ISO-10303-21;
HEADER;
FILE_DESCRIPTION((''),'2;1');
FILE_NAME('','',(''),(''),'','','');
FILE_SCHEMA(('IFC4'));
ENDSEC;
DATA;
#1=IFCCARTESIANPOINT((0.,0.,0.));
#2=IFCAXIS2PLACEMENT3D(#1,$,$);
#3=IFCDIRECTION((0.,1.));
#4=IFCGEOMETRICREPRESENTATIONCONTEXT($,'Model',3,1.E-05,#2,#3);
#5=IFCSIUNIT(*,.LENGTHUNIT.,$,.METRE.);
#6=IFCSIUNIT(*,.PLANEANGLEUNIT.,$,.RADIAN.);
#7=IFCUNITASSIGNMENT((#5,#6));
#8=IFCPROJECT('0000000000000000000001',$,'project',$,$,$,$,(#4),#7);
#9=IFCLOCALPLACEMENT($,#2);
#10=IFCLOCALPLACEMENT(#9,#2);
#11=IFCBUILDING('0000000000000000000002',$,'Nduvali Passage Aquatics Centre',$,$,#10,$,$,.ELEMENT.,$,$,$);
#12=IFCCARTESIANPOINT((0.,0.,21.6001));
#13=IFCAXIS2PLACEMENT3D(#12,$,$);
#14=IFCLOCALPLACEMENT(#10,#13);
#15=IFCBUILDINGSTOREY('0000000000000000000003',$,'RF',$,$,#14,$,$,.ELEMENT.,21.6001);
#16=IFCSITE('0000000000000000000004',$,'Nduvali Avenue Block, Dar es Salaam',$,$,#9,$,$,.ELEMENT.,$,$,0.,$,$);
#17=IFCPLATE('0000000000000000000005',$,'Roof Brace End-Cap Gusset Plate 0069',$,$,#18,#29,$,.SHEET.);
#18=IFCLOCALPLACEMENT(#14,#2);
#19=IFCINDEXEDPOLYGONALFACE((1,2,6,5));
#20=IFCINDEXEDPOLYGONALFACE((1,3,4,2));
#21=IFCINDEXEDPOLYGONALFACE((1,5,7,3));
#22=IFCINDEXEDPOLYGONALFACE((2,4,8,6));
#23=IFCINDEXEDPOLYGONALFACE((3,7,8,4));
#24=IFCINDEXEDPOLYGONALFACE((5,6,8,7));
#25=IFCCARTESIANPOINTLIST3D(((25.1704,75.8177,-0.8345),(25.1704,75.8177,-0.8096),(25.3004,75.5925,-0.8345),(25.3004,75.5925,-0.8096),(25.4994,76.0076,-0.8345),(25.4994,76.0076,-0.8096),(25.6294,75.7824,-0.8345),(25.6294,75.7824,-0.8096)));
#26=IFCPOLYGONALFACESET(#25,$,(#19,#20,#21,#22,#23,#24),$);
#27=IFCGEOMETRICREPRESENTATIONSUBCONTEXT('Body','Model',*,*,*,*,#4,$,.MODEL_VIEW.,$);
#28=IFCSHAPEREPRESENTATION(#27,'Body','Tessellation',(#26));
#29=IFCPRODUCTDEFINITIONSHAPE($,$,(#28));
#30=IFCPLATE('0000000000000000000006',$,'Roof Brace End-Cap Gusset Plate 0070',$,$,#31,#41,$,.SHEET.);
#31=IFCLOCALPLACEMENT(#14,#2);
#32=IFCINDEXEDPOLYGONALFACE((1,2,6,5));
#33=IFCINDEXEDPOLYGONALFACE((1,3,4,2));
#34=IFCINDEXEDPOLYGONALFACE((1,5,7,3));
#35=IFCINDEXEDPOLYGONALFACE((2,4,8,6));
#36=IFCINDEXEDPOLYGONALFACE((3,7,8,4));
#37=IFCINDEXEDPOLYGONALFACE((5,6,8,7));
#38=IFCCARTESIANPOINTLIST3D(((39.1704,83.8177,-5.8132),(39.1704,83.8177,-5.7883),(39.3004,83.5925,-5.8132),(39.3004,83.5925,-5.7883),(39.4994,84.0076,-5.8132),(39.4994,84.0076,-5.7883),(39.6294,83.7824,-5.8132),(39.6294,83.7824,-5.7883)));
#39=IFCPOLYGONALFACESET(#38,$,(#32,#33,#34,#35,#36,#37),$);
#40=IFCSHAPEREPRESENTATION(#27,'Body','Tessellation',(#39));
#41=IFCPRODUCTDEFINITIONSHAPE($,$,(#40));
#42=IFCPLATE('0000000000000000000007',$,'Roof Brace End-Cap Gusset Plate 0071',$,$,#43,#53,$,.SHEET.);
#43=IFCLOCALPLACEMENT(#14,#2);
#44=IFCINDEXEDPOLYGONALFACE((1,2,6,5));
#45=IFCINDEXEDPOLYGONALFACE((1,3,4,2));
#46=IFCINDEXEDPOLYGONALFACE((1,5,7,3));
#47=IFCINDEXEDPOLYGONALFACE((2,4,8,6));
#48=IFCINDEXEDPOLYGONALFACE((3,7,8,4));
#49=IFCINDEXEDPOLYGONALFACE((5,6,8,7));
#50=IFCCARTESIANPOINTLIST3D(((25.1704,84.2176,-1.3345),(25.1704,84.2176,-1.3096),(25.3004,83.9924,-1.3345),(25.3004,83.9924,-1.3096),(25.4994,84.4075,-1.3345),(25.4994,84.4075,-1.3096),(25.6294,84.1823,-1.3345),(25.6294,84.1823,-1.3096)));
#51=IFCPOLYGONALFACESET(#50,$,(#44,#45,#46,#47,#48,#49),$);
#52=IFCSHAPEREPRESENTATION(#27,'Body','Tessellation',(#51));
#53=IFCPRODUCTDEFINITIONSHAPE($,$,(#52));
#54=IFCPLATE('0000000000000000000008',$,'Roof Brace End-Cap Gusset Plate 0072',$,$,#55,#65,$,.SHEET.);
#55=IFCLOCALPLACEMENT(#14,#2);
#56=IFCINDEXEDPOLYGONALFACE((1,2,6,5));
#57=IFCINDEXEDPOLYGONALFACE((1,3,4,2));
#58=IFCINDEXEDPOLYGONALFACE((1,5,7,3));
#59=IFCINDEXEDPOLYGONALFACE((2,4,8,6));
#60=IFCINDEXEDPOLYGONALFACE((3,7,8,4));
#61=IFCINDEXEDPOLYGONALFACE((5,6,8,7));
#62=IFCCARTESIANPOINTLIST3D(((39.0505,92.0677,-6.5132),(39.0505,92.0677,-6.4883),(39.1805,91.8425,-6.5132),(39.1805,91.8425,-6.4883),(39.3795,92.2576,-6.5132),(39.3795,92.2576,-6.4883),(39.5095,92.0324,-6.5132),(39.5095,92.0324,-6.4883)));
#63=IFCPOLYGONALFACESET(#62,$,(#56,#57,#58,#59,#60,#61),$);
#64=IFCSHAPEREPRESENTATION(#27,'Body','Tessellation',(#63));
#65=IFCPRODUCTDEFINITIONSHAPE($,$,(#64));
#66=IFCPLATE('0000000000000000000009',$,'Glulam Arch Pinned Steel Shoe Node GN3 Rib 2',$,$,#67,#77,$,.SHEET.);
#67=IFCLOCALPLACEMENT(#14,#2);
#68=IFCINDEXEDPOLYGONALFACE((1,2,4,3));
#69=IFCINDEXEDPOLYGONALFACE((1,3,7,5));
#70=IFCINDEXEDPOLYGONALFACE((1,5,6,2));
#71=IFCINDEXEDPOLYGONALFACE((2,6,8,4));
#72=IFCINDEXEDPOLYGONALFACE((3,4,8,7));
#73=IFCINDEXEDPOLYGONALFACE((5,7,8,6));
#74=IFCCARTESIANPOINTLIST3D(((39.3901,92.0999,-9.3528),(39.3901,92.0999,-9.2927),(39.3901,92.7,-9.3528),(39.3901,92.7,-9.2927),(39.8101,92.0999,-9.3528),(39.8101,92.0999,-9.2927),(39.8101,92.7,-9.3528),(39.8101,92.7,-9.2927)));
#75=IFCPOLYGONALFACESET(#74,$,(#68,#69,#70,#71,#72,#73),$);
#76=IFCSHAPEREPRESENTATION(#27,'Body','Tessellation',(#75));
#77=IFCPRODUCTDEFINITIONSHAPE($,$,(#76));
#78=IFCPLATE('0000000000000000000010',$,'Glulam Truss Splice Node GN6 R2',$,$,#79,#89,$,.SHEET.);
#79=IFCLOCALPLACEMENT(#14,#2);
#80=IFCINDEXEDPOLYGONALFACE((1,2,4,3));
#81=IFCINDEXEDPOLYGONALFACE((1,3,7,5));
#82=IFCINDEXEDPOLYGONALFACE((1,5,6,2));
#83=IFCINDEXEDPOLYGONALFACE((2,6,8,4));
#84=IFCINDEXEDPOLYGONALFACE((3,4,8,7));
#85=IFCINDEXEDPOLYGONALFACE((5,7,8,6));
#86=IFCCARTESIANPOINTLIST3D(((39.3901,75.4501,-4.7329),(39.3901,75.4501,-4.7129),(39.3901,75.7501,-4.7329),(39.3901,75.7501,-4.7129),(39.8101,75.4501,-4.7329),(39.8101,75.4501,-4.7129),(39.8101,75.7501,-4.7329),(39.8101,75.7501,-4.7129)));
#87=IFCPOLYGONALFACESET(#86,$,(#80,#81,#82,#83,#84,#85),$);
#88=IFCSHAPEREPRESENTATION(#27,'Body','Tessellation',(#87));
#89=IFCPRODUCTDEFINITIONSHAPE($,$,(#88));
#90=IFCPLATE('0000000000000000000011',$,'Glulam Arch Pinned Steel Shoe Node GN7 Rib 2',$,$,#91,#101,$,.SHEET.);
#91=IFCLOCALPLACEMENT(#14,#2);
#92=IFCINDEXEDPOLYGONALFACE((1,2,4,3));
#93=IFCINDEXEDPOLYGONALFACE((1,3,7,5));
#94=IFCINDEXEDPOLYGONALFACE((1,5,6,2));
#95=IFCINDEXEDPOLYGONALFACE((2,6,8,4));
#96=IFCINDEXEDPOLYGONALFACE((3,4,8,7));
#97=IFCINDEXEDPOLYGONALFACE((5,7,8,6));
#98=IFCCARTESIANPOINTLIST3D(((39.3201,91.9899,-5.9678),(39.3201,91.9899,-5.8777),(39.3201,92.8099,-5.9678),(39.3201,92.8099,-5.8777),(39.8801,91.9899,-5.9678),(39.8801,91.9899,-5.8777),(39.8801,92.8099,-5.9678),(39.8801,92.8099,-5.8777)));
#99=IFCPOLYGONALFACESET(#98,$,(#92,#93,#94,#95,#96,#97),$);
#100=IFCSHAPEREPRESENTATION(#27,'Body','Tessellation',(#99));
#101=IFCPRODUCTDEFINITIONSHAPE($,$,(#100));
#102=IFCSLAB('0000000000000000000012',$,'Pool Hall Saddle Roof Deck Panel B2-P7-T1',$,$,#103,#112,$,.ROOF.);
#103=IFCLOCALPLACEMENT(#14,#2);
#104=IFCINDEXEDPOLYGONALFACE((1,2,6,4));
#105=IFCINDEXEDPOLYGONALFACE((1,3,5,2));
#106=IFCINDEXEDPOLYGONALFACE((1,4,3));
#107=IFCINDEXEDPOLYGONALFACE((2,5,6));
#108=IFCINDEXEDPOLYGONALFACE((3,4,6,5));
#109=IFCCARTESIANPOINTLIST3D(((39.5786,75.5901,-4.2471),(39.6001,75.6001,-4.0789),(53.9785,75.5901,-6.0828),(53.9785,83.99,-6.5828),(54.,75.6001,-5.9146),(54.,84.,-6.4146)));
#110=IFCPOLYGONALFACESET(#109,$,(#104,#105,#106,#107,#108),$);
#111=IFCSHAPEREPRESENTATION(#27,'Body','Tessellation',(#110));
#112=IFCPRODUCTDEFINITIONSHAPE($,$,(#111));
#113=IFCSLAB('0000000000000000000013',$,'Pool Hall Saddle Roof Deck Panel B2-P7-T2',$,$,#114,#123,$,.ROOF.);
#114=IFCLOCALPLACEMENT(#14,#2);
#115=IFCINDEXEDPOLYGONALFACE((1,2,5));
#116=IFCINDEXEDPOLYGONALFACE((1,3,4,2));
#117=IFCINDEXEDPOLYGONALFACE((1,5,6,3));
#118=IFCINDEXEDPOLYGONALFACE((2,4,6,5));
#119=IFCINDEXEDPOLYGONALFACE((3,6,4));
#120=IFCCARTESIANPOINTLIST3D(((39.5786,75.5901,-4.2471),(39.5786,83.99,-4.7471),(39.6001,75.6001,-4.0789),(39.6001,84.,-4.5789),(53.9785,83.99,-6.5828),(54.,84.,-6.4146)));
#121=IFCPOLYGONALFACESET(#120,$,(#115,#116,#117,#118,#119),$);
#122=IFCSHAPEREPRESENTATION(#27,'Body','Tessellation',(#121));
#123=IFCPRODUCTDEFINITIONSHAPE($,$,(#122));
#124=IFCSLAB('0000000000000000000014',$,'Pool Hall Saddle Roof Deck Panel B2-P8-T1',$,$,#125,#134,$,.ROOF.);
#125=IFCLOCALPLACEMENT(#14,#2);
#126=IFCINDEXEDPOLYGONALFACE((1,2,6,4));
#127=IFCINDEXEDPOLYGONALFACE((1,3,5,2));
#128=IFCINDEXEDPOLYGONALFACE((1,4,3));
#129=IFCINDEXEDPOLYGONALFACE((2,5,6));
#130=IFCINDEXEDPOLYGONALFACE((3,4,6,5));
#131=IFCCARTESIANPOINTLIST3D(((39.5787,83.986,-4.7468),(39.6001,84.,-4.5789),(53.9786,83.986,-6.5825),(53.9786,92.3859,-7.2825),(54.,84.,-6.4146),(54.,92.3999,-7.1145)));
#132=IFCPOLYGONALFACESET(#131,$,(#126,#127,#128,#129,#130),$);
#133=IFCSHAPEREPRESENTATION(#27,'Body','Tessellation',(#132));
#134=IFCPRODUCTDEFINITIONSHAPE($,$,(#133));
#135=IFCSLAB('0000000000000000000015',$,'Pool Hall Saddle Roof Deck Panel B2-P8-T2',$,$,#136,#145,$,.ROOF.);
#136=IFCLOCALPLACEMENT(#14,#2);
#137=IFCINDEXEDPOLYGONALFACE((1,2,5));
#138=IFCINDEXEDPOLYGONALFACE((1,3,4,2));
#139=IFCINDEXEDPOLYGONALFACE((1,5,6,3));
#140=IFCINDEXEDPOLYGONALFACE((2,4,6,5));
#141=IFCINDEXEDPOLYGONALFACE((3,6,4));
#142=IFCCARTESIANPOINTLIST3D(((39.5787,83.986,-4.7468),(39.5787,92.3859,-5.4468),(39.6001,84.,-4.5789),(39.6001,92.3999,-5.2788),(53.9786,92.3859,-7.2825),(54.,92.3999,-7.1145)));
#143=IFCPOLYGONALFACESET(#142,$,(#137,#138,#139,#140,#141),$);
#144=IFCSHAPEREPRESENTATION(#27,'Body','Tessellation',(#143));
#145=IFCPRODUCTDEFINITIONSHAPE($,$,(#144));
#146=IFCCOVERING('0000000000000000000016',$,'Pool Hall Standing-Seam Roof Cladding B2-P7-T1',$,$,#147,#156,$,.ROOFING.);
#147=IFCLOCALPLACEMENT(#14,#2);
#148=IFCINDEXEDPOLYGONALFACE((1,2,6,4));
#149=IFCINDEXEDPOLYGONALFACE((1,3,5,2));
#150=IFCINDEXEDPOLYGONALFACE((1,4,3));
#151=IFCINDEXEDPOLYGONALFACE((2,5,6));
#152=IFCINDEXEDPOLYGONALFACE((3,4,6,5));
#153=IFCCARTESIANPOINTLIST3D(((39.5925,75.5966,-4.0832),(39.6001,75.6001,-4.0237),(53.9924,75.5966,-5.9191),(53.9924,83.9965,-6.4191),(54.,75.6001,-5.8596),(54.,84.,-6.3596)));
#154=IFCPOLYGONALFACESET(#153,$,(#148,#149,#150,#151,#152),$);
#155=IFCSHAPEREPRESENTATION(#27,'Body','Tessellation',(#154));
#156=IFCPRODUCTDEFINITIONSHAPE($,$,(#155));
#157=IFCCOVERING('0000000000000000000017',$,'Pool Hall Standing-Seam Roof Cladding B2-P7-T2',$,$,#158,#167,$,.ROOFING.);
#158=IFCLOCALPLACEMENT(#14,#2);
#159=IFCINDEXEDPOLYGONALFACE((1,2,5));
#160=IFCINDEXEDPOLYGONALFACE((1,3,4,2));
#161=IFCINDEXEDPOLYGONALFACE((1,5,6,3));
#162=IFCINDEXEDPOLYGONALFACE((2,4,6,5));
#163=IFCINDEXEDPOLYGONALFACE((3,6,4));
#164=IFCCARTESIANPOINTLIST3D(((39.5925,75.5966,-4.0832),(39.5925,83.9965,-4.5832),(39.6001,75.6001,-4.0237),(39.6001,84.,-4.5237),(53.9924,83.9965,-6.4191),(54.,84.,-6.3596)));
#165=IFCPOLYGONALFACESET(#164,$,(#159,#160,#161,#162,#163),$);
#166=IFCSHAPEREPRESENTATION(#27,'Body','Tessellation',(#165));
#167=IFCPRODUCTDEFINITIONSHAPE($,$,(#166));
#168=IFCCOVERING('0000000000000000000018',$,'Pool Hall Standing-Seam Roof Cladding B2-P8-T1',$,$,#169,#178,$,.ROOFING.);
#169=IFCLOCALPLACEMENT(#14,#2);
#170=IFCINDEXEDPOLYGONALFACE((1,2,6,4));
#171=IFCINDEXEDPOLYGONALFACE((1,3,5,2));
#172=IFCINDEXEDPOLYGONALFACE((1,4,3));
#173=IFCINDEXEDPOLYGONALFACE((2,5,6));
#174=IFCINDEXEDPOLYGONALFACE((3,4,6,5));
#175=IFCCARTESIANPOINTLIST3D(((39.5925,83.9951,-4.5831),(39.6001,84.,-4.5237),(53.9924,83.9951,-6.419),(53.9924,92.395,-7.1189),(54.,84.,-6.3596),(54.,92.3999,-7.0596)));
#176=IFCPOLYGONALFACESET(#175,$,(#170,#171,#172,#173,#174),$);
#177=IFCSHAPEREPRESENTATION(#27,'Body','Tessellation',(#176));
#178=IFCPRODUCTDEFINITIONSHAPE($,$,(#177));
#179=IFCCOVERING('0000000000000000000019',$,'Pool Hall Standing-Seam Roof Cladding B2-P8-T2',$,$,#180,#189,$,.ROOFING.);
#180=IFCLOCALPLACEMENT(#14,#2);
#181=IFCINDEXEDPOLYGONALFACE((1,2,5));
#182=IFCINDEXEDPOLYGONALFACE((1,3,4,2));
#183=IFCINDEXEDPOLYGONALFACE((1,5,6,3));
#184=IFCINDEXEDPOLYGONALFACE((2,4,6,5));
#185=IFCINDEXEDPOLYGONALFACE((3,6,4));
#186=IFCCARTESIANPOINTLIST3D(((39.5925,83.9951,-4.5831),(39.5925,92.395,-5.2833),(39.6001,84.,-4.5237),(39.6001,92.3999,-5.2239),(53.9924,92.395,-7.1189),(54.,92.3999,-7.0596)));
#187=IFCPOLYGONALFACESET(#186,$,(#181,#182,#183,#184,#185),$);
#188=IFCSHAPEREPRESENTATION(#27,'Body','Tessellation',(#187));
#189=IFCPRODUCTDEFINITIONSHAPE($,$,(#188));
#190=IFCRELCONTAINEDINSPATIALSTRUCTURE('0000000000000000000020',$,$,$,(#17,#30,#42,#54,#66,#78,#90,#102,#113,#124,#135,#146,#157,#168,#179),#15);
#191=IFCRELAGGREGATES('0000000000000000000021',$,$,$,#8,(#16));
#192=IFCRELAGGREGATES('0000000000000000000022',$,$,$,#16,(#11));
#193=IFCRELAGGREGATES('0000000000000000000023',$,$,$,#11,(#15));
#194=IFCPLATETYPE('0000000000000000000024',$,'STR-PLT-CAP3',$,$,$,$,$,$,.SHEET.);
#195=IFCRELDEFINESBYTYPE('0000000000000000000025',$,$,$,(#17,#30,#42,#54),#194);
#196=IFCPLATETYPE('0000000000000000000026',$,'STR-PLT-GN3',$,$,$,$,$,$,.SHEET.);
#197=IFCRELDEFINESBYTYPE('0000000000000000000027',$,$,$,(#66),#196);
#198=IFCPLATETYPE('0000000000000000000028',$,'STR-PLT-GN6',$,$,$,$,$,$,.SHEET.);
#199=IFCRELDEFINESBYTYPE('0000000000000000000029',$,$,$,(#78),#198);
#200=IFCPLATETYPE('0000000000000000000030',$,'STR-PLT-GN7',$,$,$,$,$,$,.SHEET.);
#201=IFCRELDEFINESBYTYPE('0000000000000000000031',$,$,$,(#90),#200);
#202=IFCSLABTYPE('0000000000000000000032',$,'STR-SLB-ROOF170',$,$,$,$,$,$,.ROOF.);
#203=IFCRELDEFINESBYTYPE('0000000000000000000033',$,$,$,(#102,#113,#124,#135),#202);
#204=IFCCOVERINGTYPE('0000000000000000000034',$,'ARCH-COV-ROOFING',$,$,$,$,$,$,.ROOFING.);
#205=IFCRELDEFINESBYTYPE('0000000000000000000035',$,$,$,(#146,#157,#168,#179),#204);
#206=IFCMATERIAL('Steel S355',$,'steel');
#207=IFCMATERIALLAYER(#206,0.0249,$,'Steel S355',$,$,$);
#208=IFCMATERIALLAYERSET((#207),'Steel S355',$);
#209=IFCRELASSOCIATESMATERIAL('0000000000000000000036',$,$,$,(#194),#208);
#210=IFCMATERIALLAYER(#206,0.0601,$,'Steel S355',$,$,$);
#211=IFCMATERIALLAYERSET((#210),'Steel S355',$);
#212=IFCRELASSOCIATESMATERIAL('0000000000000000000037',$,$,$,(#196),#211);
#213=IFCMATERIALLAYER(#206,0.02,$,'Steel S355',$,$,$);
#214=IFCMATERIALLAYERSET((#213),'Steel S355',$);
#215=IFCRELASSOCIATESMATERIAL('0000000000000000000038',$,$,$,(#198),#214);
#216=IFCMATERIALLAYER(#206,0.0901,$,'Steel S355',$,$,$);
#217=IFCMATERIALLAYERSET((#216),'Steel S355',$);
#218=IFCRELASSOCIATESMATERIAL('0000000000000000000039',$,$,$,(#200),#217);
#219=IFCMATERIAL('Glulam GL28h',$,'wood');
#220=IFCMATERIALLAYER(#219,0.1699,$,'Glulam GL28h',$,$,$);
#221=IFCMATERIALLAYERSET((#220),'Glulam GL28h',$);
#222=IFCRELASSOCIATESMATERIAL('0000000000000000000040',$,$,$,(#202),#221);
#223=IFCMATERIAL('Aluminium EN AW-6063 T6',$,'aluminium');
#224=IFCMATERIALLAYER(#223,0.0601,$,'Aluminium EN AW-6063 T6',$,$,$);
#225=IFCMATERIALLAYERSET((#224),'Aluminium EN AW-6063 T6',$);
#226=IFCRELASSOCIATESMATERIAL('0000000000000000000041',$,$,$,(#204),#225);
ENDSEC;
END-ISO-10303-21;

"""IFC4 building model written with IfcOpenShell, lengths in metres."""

from ifc_helpers import new_model, si_unit, direction, frame, origin, origin_2d, place, context, subcontext, project, spatial, polyline, rectangle, outline, extrude, material, layer, layer_set, type_object, element, save


model = new_model("IFC4")

# Units and contexts
model_context = context("Model", 3, precision=1e-05, world=origin(), true_north=direction((0.0, 1.0)))
body_context = subcontext(model_context, "Body", "Model", "MODEL_VIEW")
ifc_project = project(units=[si_unit("LENGTHUNIT", "METRE"), si_unit("PLANEANGLEUNIT", "RADIAN")], contexts=[model_context])

# Site, building, storey
site_placement = place(None, origin())
site = spatial("IfcSite", under=ifc_project, at=site_placement, Name="Nduvali Avenue Block, Dar es Salaam", CompositionType="ELEMENT", RefElevation=0.0)
building_placement = place(site_placement, origin())
building = spatial("IfcBuilding", under=site, at=building_placement, Name="Nduvali Passage Aquatics Centre", CompositionType="ELEMENT")
storey_placement = place(building_placement, frame((0.0, 0.0, 21.6001)))
storey = spatial("IfcBuildingStorey", under=building, at=storey_placement, Name="RF", CompositionType="ELEMENT", Elevation=21.6001)

# Shared definitions
ifc_material_1 = material(Name="Steel S355", Category="steel")
ifc_material_2 = material(Name="Glulam GL28h", Category="wood")

# Plates
ifc_layer_1 = layer(ifc_material_1, 0.0249, Name="Steel S355")
ifc_layer_set_1 = layer_set([ifc_layer_1], Name="Steel S355")
plate_type_1 = type_object("IfcPlateType", Name="STR-PLT-CAP3", PredefinedType="SHEET", material=ifc_layer_set_1)
for number, where, z_axis, x_axis, name in (
    (1, (25.3999, 75.8, -0.8345), (0.0, 0.0, 1.0), (0.866025, 0.5, 0.0), "Roof Brace End-Cap Gusset Plate 0069"),
    (2, (39.3999, 83.8, -5.8132), (0.0, 0.0, 1.0), (0.866025, 0.5, 0.0), "Roof Brace End-Cap Gusset Plate 0070"),
    (3, (25.3999, 84.2, -1.3345), (0.0, 0.0, 1.0), (0.866025, 0.5, 0.0), "Roof Brace End-Cap Gusset Plate 0071"),
    (4, (39.28, 92.05, -6.5132), (0.0, 0.0, 1.0), (0.866025, 0.5, 0.0), "Roof Brace End-Cap Gusset Plate 0072"),
):
    element("IfcPlate", number, at=place(storey_placement, frame(where, z_axis=z_axis, x_axis=x_axis)), inside=storey, type_object=plate_type_1, Name=name, PredefinedType="SHEET", context=body_context, shape_type="SweptSolid", body=[
        extrude(rectangle(XDim=0.3799, YDim=0.26, at=origin_2d()), origin(), (0.0, 0.0, 1.0), 0.0249),
    ])
ifc_layer_2 = layer(ifc_material_1, 0.0601, Name="Steel S355")
ifc_layer_set_2 = layer_set([ifc_layer_2], Name="Steel S355")
plate_type_2 = type_object("IfcPlateType", Name="STR-PLT-GN3", PredefinedType="SHEET", material=ifc_layer_set_2)
plate_1_placement = place(storey_placement, frame((39.6001, 92.3999, -9.3528), z_axis=(0.0, 0.0, 1.0), x_axis=(0.0, 1.0, 0.0)))
element("IfcPlate", 5, at=plate_1_placement, inside=storey, type_object=plate_type_2, Name="Glulam Arch Pinned Steel Shoe Node GN3 Rib 2", PredefinedType="SHEET", context=body_context, shape_type="SweptSolid", body=[
    extrude(rectangle(XDim=0.6001, YDim=0.4199, at=origin_2d()), origin(), (0.0, 0.0, 1.0), 0.0601),
])
ifc_layer_3 = layer(ifc_material_1, 0.02, Name="Steel S355")
ifc_layer_set_3 = layer_set([ifc_layer_3], Name="Steel S355")
plate_type_3 = type_object("IfcPlateType", Name="STR-PLT-GN6", PredefinedType="SHEET", material=ifc_layer_set_3)
plate_2_placement = place(storey_placement, frame((39.6001, 75.6001, -4.7329), z_axis=(0.0, 0.0, 1.0), x_axis=(1.0, 0.0, 0.0)))
element("IfcPlate", 6, at=plate_2_placement, inside=storey, type_object=plate_type_3, Name="Glulam Truss Splice Node GN6 R2", PredefinedType="SHEET", context=body_context, shape_type="SweptSolid", body=[
    extrude(rectangle(XDim=0.4199, YDim=0.3, at=origin_2d()), origin(), (0.0, 0.0, 1.0), 0.02),
])
ifc_layer_4 = layer(ifc_material_1, 0.0901, Name="Steel S355")
ifc_layer_set_4 = layer_set([ifc_layer_4], Name="Steel S355")
plate_type_4 = type_object("IfcPlateType", Name="STR-PLT-GN7", PredefinedType="SHEET", material=ifc_layer_set_4)
plate_3_placement = place(storey_placement, frame((39.6001, 92.3999, -5.9678), z_axis=(0.0, 0.0, 1.0), x_axis=(0.0, 1.0, 0.0)))
element("IfcPlate", 7, at=plate_3_placement, inside=storey, type_object=plate_type_4, Name="Glulam Arch Pinned Steel Shoe Node GN7 Rib 2", PredefinedType="SHEET", context=body_context, shape_type="SweptSolid", body=[
    extrude(rectangle(XDim=0.8201, YDim=0.5601, at=origin_2d()), origin(), (0.0, 0.0, 1.0), 0.0901),
])

# Slabs
ifc_layer_5 = layer(ifc_material_2, 0.1699, Name="Glulam GL28h")
ifc_layer_set_5 = layer_set([ifc_layer_5], Name="Glulam GL28h")
slab_type = type_object("IfcSlabType", Name="STR-SLB-ROOF170", PredefinedType="ROOF", material=ifc_layer_set_5)
slab_1_placement = place(storey_placement, frame((39.6001, 75.6001, -4.0789), z_axis=(0.126236, 0.058944, 0.990247), x_axis=(0.991972, 0.0, -0.126456)))
element("IfcSlab", 8, at=slab_1_placement, inside=storey, type_object=slab_type, Name="Pool Hall Saddle Roof Deck Panel B2-P7-T1", PredefinedType="ROOF", context=body_context, shape_type="SweptSolid", body=[
    extrude(outline(polyline([(0.0, 0.0), (14.5164, 0.0), (14.5797, 8.4145), (0.0, 0.0)])), origin(), (0.0, 0.0, -1.0), 0.1699),
])
slab_2_placement = place(storey_placement, frame((39.6001, 75.6001, -4.0789), z_axis=(0.126236, 0.058944, 0.990247), x_axis=(0.855425, 0.498995, -0.138752)))
element("IfcSlab", 9, at=slab_2_placement, inside=storey, type_object=slab_type, Name="Pool Hall Saddle Roof Deck Panel B2-P7-T2", PredefinedType="ROOF", context=body_context, shape_type="SweptSolid", body=[
    extrude(outline(polyline([(0.0, 0.0), (16.8336, 0.0), (4.2609, 7.2563), (0.0, 0.0)])), origin(), (0.0, 0.0, -1.0), 0.1699),
])
slab_3_placement = place(storey_placement, frame((39.6001, 84.0, -4.5789), z_axis=(0.126026, 0.082379, 0.988601), x_axis=(0.991972, 0.0, -0.126456)))
element("IfcSlab", 10, at=slab_3_placement, inside=storey, type_object=slab_type, Name="Pool Hall Saddle Roof Deck Panel B2-P8-T1", PredefinedType="ROOF", context=body_context, shape_type="SweptSolid", body=[
    extrude(outline(polyline([(0.0, 0.0), (14.5164, 0.0), (14.605, 8.4286), (0.0, 0.0)])), origin(), (0.0, 0.0, -1.0), 0.1699),
])
slab_4_placement = place(storey_placement, frame((39.6001, 84.0, -4.5789), z_axis=(0.126026, 0.082379, 0.988601), x_axis=(0.853958, 0.49814, -0.150372)))
element("IfcSlab", 11, at=slab_4_placement, inside=storey, type_object=slab_type, Name="Pool Hall Saddle Roof Deck Panel B2-P8-T2", PredefinedType="ROOF", context=body_context, shape_type="SweptSolid", body=[
    extrude(outline(polyline([(0.0, 0.0), (16.8625, 0.0), (4.2896, 7.2559), (0.0, 0.0)])), origin(), (0.0, 0.0, -1.0), 0.1699),
])

# Coverings
ifc_material_3 = material(Name="Aluminium EN AW-6063 T6", Category="aluminium")
ifc_layer_6 = layer(ifc_material_3, 0.0601, Name="Aluminium EN AW-6063 T6")
ifc_layer_set_6 = layer_set([ifc_layer_6], Name="Aluminium EN AW-6063 T6")
covering_type = type_object("IfcCoveringType", Name="ARCH-COV-ROOFING", PredefinedType="ROOFING", material=ifc_layer_set_6)
covering_1_placement = place(storey_placement, frame((39.6001, 75.6001, -4.0237), z_axis=(0.126253, 0.058944, 0.990245), x_axis=(0.99197, 0.0, -0.126473)))
element("IfcCovering", 12, at=covering_1_placement, inside=storey, type_object=covering_type, Name="Pool Hall Standing-Seam Roof Cladding B2-P7-T1", PredefinedType="ROOFING", context=body_context, shape_type="SweptSolid", body=[
    extrude(outline(polyline([(0.0, 0.0), (14.5165, 0.0), (14.5797, 8.4145), (0.0, 0.0)])), origin(), (0.0, 0.0, -1.0), 0.0601),
])
covering_2_placement = place(storey_placement, frame((39.6001, 75.6001, -4.0237), z_axis=(0.126253, 0.058944, 0.990245), x_axis=(0.855423, 0.498994, -0.138766)))
element("IfcCovering", 13, at=covering_2_placement, inside=storey, type_object=covering_type, Name="Pool Hall Standing-Seam Roof Cladding B2-P7-T2", PredefinedType="ROOFING", context=body_context, shape_type="SweptSolid", body=[
    extrude(outline(polyline([(0.0, 0.0), (16.8337, 0.0), (4.2609, 7.2563), (0.0, 0.0)])), origin(), (0.0, 0.0, -1.0), 0.0601),
])
covering_3_placement = place(storey_placement, frame((39.6001, 84.0, -4.5237), z_axis=(0.126043, 0.082378, 0.988598), x_axis=(0.99197, 0.0, -0.126473)))
element("IfcCovering", 14, at=covering_3_placement, inside=storey, type_object=covering_type, Name="Pool Hall Standing-Seam Roof Cladding B2-P8-T1", PredefinedType="ROOFING", context=body_context, shape_type="SweptSolid", body=[
    extrude(outline(polyline([(0.0, 0.0), (14.5165, 0.0), (14.605, 8.4285), (0.0, 0.0)])), origin(), (0.0, 0.0, -1.0), 0.0601),
])
covering_4_placement = place(storey_placement, frame((39.6001, 84.0, -4.5237), z_axis=(0.126026, 0.082407, 0.988598), x_axis=(0.853957, 0.498139, -0.150386)))
element("IfcCovering", 15, at=covering_4_placement, inside=storey, type_object=covering_type, Name="Pool Hall Standing-Seam Roof Cladding B2-P8-T2", PredefinedType="ROOFING", context=body_context, shape_type="SweptSolid", body=[
    extrude(outline(polyline([(0.0, 0.0), (16.8626, 0.0), (4.2896, 7.2559), (0.0, 0.0)])), origin(), (0.0, 0.0, -1.0), 0.0601),
])

save(model, "model.ifc")
